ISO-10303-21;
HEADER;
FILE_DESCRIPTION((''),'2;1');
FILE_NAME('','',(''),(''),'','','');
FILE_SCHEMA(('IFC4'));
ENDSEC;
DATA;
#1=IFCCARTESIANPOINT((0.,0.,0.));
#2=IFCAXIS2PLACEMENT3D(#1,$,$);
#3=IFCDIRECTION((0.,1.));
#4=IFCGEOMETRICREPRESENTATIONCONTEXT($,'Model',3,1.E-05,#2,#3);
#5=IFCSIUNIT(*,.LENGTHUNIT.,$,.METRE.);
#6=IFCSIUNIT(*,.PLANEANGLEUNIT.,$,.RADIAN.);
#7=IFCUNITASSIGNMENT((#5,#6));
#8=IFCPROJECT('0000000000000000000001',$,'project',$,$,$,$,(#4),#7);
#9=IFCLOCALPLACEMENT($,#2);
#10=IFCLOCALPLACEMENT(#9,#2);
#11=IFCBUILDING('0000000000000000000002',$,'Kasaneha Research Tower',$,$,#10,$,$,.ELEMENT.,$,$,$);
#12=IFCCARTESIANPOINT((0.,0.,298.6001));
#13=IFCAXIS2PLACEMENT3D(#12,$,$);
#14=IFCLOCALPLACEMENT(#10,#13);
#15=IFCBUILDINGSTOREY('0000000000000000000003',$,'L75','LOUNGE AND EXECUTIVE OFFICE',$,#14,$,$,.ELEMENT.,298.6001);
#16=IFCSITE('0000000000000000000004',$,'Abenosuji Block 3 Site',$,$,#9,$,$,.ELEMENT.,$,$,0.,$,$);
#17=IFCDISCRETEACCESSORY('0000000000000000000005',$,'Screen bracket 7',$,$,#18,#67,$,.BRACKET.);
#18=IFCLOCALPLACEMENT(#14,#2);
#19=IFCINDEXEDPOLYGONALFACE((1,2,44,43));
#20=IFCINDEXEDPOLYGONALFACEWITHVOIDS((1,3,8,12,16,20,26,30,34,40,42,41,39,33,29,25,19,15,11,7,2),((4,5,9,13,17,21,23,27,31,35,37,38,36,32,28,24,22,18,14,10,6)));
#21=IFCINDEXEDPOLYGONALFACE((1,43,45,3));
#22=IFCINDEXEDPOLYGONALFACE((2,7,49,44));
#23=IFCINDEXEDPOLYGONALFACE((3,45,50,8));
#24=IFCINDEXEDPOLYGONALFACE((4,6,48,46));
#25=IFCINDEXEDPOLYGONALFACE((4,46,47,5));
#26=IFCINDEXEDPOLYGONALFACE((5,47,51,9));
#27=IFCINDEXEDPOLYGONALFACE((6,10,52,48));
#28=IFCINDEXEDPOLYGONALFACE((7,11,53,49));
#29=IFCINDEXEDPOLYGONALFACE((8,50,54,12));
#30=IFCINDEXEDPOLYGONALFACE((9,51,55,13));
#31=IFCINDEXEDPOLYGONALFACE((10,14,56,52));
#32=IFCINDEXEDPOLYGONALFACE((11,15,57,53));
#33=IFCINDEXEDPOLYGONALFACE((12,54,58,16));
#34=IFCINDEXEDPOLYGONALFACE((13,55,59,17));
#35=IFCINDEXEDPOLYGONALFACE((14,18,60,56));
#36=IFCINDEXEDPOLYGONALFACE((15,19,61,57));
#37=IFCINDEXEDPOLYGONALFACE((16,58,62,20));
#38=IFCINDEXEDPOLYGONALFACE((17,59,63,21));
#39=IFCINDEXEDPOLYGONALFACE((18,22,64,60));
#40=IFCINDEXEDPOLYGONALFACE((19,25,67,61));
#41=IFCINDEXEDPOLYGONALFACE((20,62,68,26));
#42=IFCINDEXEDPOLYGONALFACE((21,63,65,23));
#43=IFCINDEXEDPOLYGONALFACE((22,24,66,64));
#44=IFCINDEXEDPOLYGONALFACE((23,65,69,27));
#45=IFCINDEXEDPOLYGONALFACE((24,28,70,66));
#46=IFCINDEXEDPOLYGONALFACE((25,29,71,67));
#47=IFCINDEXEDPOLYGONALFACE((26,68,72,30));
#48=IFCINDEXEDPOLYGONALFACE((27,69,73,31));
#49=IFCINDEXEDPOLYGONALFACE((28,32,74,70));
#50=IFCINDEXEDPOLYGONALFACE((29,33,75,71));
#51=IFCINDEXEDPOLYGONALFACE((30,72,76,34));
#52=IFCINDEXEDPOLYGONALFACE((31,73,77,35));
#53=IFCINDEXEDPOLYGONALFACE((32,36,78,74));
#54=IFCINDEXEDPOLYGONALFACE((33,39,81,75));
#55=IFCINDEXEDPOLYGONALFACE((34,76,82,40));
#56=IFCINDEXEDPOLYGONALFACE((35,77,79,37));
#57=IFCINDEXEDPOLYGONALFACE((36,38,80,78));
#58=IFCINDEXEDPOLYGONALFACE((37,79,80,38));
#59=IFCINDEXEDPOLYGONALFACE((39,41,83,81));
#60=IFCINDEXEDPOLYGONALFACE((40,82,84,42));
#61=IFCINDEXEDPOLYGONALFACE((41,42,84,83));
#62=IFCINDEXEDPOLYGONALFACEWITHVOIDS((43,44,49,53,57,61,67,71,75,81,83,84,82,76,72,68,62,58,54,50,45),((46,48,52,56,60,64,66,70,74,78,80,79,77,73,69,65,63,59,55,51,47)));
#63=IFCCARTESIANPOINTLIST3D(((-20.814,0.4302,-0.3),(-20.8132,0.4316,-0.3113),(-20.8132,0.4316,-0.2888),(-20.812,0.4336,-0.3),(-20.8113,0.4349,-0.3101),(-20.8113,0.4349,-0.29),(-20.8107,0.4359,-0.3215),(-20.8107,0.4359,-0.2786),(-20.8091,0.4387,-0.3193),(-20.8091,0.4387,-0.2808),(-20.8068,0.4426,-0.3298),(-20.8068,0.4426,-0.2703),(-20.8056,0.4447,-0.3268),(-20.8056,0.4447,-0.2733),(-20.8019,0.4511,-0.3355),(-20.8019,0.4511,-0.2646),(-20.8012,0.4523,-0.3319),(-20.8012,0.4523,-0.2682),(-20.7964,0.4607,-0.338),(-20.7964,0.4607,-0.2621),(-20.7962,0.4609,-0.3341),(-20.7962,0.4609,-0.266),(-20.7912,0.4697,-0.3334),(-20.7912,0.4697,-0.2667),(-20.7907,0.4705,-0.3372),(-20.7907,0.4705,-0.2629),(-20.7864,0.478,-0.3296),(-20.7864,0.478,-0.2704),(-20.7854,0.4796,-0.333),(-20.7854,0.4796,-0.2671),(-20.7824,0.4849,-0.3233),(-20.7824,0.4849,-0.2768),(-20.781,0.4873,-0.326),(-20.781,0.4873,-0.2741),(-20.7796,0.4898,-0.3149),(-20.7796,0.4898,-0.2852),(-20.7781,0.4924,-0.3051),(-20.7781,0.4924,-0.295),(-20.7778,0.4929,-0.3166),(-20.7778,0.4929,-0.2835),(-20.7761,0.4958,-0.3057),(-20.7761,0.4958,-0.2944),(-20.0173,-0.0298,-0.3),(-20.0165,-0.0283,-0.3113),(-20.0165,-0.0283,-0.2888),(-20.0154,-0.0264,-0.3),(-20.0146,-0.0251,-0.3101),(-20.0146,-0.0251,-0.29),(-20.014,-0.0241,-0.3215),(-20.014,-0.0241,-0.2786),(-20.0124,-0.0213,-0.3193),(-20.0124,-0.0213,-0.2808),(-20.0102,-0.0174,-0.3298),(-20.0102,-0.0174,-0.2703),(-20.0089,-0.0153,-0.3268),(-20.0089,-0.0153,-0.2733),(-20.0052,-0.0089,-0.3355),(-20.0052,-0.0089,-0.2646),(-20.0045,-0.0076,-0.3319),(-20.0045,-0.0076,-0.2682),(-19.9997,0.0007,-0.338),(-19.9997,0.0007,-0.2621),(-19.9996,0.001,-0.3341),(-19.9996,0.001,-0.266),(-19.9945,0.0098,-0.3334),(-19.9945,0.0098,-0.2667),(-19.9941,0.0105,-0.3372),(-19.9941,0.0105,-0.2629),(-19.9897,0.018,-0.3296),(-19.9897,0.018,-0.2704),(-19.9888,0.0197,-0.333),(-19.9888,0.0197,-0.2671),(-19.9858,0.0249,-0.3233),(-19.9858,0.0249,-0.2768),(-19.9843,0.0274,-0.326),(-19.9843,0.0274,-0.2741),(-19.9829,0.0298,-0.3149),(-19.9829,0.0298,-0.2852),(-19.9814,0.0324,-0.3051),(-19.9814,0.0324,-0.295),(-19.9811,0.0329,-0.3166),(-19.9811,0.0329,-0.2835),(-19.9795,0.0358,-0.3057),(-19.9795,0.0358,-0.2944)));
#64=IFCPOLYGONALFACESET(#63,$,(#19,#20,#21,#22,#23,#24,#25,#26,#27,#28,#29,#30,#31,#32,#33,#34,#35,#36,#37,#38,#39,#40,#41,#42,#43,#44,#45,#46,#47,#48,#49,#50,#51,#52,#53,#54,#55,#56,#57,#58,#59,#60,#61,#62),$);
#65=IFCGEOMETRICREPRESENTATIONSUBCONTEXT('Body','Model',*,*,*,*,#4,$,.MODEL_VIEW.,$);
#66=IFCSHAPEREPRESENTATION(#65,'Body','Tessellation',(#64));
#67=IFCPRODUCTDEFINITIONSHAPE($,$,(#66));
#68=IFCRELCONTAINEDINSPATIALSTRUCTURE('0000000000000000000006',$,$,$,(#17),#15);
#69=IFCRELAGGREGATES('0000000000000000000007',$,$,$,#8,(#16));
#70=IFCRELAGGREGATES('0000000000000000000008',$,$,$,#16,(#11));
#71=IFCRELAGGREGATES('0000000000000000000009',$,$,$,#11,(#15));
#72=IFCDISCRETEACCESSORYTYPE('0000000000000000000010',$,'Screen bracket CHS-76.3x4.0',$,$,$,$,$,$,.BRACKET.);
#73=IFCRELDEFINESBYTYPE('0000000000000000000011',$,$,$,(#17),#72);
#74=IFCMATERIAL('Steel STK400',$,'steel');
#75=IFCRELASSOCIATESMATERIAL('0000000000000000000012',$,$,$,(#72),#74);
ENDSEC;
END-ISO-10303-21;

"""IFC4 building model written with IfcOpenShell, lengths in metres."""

from ifc_helpers import new_model, si_unit, direction, frame, origin, origin_2d, place, context, subcontext, project, spatial, hollow_circle, extrude, material, material_profile, profile_set, type_object, element, save


model = new_model("IFC4")

# Units and contexts
model_context = context("Model", 3, precision=1e-05, world=origin(), true_north=direction((0.0, 1.0)))
body_context = subcontext(model_context, "Body", "Model", "MODEL_VIEW")
ifc_project = project(units=[si_unit("LENGTHUNIT", "METRE"), si_unit("PLANEANGLEUNIT", "RADIAN")], contexts=[model_context])

# Site, building, storey
site_placement = place(None, origin())
site = spatial("IfcSite", under=ifc_project, at=site_placement, Name="Abenosuji Block 3 Site", CompositionType="ELEMENT", RefElevation=0.0)
building_placement = place(site_placement, origin())
building = spatial("IfcBuilding", under=site, at=building_placement, Name="Kasaneha Research Tower", CompositionType="ELEMENT")
storey_placement = place(building_placement, frame((0.0, 0.0, 298.6001)))
storey = spatial("IfcBuildingStorey", under=building, at=storey_placement, Name="L75", Description="LOUNGE AND EXECUTIVE OFFICE", CompositionType="ELEMENT", Elevation=298.6001)

# Discrete accessory
ifc_material_1 = material(Name="Steel STK400", Category="steel")
ifc_material_profile_1 = material_profile(ifc_material_1, hollow_circle(Radius=0.0381, WallThickness=0.0039, at=origin_2d()), Name="CHS-76.3x4.0")
ifc_profile_set_1 = profile_set([ifc_material_profile_1], Name="Steel STK400")
discrete_accessory_type = type_object("IfcDiscreteAccessoryType", Name="Screen bracket CHS-76.3x4.0", PredefinedType="BRACKET", material=ifc_profile_set_1)
discrete_accessory_1_placement = place(storey_placement, frame((-19.9983, 0.0032, -0.3), z_axis=(-0.866013, 0.500021, 0.0), x_axis=(-0.500021, -0.866013, 0.0)))
element("IfcDiscreteAccessory", 1, at=discrete_accessory_1_placement, inside=storey, type_object=discrete_accessory_type, Name="Screen bracket 7", PredefinedType="BRACKET", context=body_context, shape_type="SweptSolid", body=[
    extrude(hollow_circle(Radius=0.0381, WallThickness=0.0039, at=origin_2d()), origin(), (0.0, 0.0, 1.0), 0.9199),
])

save(model, "model.ifc")
